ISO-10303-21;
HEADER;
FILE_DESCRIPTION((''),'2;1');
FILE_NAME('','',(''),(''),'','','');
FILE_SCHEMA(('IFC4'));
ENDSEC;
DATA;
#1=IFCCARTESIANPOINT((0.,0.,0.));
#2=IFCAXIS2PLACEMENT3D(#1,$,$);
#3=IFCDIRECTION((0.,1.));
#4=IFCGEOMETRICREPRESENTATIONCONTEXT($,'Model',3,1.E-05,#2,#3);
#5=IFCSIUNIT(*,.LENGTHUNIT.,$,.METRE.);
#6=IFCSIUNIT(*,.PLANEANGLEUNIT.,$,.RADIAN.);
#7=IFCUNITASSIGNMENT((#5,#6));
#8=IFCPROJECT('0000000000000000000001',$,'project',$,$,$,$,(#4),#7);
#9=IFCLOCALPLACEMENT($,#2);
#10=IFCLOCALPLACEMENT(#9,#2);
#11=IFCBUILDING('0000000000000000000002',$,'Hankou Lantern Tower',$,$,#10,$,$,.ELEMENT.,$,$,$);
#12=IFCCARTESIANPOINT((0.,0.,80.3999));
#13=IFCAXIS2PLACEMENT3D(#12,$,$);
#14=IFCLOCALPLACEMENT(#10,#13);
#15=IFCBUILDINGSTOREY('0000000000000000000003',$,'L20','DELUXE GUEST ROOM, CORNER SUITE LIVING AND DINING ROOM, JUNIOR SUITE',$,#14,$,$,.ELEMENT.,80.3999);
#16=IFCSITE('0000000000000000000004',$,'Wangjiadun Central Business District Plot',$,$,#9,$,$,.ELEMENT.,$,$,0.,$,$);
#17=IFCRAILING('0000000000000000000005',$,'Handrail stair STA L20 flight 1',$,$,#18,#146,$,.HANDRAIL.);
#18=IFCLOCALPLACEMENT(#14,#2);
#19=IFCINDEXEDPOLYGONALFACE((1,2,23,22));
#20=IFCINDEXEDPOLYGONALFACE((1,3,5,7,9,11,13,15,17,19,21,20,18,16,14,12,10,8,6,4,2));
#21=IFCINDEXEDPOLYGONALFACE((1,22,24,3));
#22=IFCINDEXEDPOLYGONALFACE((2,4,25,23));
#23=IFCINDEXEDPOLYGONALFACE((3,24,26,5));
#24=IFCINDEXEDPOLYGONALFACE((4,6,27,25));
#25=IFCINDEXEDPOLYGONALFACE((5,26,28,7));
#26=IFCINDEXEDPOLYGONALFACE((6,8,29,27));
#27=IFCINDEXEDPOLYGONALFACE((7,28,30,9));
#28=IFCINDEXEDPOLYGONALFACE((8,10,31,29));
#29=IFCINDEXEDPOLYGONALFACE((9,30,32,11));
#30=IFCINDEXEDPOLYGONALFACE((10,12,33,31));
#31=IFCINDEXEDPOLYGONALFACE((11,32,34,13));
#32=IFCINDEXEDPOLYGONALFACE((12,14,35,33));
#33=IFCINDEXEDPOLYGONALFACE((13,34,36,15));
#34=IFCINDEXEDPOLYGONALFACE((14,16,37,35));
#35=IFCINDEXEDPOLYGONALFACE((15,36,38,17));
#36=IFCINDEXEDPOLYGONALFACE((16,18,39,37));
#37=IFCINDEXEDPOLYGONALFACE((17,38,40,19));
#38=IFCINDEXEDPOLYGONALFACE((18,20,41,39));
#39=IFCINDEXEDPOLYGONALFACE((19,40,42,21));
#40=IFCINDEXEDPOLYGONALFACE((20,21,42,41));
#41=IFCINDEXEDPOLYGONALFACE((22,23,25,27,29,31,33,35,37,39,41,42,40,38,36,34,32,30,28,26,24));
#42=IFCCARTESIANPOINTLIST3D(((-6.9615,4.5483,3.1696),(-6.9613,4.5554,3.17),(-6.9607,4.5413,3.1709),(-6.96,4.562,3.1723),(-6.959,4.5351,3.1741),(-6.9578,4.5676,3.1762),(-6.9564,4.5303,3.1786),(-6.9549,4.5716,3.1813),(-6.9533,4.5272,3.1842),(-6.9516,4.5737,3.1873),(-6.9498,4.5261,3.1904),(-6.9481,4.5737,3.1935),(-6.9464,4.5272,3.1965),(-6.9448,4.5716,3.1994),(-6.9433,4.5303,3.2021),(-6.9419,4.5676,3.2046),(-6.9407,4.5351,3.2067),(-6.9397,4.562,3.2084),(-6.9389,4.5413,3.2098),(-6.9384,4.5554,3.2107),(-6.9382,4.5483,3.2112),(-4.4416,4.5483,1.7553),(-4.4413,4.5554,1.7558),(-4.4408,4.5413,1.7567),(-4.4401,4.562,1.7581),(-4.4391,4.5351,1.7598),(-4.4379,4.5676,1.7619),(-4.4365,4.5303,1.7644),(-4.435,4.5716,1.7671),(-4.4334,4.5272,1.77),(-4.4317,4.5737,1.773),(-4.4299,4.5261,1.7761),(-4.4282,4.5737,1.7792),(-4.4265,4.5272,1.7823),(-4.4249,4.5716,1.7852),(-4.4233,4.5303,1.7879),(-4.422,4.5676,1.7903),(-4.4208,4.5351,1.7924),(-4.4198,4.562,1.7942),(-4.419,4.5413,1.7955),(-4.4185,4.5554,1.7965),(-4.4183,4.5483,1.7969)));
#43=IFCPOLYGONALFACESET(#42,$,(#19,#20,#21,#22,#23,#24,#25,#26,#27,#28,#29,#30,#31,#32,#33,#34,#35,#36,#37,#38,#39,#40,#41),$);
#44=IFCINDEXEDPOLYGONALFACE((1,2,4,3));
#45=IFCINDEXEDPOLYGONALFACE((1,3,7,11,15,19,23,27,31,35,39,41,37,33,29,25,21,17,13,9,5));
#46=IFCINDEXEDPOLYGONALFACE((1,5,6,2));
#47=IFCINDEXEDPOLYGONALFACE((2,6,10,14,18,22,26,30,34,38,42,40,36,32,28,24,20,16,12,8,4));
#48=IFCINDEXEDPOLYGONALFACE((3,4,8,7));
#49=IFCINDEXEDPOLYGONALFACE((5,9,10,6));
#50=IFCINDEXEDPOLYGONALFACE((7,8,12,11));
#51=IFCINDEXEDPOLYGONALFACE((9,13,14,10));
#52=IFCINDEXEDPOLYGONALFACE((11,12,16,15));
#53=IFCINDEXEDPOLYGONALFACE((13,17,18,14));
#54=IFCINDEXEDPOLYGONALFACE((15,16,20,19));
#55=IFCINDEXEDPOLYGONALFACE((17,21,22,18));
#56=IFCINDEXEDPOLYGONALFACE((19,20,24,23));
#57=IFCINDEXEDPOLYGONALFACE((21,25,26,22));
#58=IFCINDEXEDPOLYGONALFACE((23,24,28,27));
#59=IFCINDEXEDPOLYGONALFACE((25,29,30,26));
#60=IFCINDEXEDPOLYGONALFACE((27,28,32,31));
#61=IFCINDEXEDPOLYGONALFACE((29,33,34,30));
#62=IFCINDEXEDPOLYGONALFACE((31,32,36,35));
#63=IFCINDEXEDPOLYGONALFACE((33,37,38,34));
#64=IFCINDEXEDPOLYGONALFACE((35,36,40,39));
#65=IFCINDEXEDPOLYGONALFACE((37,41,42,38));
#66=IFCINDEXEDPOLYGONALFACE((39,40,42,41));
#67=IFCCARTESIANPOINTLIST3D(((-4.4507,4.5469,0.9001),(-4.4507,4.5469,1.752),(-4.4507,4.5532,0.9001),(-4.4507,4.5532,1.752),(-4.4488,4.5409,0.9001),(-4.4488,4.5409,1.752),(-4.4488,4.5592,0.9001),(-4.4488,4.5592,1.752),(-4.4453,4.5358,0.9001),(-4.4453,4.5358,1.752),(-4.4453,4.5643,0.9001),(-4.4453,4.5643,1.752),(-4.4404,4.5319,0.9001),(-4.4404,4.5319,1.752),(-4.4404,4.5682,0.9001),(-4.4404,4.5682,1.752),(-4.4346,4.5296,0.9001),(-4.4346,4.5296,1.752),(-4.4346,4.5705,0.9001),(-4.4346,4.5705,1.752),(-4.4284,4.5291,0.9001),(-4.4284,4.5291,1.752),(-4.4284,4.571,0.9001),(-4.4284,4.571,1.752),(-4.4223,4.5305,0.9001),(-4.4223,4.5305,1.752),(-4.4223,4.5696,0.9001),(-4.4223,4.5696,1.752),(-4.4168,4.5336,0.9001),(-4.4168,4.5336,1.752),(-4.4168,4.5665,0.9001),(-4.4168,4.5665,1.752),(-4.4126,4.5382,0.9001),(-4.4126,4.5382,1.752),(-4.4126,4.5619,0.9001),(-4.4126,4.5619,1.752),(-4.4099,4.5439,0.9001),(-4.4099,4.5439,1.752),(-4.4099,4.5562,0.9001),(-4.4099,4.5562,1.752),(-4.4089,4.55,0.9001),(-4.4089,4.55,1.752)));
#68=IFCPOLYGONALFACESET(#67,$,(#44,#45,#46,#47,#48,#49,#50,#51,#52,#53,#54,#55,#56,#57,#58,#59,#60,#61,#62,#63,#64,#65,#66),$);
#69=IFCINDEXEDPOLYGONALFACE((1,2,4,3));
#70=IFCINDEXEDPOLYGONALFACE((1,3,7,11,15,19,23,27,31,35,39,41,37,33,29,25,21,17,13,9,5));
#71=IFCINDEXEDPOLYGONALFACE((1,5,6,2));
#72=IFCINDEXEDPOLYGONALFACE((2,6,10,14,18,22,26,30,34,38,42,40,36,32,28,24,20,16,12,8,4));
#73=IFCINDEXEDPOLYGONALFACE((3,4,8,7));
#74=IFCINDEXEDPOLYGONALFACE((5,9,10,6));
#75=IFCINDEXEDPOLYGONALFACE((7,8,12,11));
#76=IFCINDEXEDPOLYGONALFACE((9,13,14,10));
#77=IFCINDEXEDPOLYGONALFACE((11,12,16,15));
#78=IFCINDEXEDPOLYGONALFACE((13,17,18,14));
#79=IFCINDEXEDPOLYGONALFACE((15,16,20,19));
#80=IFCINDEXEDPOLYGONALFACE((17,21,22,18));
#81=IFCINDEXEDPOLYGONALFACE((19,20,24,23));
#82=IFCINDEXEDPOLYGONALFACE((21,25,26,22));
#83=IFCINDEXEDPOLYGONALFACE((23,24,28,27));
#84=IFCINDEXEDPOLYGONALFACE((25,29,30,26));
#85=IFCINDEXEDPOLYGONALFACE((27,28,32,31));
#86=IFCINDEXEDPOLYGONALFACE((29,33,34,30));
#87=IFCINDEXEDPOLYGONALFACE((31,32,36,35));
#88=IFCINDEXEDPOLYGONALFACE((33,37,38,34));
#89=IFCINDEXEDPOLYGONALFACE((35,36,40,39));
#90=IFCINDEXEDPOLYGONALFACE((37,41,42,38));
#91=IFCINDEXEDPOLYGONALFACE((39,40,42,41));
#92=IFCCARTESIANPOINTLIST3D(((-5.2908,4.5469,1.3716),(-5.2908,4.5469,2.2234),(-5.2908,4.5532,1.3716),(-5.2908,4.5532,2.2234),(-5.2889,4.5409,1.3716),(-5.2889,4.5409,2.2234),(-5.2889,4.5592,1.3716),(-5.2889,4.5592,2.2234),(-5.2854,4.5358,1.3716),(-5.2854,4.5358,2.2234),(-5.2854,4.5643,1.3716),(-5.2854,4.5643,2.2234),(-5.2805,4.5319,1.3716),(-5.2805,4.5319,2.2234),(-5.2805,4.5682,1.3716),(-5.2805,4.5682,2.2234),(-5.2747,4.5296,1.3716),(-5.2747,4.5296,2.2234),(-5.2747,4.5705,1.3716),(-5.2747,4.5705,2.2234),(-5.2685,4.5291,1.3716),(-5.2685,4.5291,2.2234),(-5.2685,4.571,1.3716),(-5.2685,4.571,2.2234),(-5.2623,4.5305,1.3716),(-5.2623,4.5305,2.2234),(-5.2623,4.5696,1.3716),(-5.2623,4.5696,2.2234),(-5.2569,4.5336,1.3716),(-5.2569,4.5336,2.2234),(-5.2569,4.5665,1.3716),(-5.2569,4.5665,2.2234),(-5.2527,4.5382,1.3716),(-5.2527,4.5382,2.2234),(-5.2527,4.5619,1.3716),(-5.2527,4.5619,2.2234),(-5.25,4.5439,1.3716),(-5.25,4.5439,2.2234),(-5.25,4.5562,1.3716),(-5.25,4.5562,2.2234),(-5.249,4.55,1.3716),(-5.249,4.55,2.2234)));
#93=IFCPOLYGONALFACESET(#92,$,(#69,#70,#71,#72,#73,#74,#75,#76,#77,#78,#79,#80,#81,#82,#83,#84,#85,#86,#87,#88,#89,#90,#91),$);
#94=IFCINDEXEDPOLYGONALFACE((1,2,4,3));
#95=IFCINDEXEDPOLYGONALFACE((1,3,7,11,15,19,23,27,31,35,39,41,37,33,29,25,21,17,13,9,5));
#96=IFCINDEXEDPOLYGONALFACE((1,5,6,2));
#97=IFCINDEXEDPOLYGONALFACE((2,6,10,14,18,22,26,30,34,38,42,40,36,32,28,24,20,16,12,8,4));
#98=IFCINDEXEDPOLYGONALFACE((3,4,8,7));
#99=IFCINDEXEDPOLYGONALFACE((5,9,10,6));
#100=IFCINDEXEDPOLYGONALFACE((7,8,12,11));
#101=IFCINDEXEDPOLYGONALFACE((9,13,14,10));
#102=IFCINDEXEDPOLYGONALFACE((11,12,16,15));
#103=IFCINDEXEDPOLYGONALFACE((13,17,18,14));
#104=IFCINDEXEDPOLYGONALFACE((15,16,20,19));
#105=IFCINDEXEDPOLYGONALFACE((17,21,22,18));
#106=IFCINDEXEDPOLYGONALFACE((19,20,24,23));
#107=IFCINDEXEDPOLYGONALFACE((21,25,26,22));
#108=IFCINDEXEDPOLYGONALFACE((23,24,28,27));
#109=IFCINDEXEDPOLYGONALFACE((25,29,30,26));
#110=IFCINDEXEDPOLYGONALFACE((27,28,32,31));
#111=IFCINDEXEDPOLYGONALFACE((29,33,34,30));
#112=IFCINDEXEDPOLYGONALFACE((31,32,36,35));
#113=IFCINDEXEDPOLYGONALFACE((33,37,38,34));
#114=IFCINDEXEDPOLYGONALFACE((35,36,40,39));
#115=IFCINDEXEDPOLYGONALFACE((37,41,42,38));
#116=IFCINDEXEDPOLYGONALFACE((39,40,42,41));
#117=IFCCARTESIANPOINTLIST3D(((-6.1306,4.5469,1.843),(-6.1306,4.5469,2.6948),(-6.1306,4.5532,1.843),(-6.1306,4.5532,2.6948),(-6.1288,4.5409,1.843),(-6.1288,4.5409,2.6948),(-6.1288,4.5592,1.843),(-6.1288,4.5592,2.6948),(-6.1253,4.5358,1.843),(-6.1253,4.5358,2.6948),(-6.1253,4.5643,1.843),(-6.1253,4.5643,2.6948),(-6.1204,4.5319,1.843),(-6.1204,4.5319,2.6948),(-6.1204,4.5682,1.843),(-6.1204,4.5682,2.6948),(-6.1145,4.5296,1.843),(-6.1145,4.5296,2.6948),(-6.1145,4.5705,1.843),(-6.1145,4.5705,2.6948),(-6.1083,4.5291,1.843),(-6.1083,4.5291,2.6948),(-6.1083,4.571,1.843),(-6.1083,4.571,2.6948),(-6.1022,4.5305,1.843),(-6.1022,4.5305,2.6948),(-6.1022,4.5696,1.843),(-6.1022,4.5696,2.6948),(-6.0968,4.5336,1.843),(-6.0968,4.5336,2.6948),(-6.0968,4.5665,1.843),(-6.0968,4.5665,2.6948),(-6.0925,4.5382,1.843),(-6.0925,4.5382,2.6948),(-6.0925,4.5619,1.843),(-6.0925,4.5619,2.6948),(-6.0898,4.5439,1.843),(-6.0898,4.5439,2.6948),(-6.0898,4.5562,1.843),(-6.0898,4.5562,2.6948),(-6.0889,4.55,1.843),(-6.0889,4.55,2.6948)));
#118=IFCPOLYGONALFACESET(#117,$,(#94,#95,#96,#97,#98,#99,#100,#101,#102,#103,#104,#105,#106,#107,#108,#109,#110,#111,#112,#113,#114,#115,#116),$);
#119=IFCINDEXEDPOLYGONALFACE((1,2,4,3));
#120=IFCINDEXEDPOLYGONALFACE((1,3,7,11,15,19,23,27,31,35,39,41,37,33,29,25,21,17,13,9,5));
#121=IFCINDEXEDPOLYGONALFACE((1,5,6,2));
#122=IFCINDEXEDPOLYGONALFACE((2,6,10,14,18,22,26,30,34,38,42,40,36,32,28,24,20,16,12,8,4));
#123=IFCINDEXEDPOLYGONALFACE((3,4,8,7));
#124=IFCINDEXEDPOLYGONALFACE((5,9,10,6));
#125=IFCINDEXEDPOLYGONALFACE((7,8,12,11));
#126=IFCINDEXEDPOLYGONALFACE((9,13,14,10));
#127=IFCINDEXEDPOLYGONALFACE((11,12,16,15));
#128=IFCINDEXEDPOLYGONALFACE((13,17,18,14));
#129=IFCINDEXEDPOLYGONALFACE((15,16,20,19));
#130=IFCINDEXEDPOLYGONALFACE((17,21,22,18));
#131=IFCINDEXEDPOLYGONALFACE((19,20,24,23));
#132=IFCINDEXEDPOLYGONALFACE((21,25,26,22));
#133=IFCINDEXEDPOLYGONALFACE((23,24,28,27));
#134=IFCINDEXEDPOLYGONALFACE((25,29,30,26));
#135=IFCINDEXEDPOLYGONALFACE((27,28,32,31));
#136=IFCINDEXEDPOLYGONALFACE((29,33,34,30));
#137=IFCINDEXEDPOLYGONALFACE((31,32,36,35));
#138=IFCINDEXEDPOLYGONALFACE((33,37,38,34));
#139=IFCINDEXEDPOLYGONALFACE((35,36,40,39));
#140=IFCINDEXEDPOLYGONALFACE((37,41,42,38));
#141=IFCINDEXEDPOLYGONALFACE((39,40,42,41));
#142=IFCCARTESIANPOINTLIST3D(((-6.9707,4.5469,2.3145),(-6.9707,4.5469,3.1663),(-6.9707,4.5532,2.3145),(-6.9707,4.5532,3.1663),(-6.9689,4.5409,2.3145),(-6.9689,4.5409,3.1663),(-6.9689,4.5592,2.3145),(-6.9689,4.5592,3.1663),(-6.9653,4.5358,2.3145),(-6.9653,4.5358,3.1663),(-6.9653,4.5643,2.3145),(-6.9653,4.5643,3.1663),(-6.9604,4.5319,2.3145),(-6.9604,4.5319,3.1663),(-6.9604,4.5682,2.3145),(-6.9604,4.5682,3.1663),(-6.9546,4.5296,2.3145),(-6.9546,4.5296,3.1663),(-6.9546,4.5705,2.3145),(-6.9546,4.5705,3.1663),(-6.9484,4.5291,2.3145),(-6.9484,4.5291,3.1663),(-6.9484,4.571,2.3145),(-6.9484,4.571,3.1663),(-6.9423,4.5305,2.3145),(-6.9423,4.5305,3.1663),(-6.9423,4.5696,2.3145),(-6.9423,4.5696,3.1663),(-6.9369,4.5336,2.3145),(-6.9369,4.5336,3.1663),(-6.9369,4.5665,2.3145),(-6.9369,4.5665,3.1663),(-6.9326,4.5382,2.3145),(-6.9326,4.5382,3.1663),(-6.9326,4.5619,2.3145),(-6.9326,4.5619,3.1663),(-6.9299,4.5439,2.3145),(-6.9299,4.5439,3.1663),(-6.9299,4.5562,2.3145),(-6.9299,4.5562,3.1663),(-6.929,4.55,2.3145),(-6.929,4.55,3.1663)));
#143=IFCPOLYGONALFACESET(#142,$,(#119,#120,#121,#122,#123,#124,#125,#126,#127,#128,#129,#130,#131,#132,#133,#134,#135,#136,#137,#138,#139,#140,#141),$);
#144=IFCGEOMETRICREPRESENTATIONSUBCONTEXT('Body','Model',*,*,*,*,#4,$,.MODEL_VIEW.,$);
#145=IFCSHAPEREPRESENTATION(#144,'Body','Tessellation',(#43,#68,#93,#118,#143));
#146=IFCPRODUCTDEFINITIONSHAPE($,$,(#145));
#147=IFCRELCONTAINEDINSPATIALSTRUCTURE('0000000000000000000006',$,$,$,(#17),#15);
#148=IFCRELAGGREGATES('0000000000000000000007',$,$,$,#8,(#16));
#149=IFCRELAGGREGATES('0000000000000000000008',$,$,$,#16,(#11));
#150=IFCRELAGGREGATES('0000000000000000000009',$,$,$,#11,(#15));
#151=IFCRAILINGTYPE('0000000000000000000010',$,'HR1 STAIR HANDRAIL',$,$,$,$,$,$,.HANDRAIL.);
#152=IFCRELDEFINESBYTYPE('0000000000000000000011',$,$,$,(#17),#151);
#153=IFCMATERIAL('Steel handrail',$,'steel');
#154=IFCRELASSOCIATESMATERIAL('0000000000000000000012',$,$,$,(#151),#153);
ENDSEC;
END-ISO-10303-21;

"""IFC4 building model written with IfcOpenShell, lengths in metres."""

from ifc_helpers import new_model, si_unit, direction, frame, origin, origin_2d, place, context, subcontext, project, spatial, circle, extrude, material, type_object, element, save


model = new_model("IFC4")

# Units and contexts
model_context = context("Model", 3, precision=1e-05, world=origin(), true_north=direction((0.0, 1.0)))
body_context = subcontext(model_context, "Body", "Model", "MODEL_VIEW")
ifc_project = project(units=[si_unit("LENGTHUNIT", "METRE"), si_unit("PLANEANGLEUNIT", "RADIAN")], contexts=[model_context])

# Site, building, storey
site_placement = place(None, origin())
site = spatial("IfcSite", under=ifc_project, at=site_placement, Name="Wangjiadun Central Business District Plot", CompositionType="ELEMENT", RefElevation=0.0)
building_placement = place(site_placement, origin())
building = spatial("IfcBuilding", under=site, at=building_placement, Name="Hankou Lantern Tower", CompositionType="ELEMENT")
storey_placement = place(building_placement, frame((0.0, 0.0, 80.3999)))
storey = spatial("IfcBuildingStorey", under=building, at=storey_placement, Name="L20", Description="DELUXE GUEST ROOM, CORNER SUITE LIVING AND DINING ROOM, JUNIOR SUITE", CompositionType="ELEMENT", Elevation=80.3999)

# Railing
ifc_material_1 = material(Name="Steel handrail", Category="steel")
railing_type = type_object("IfcRailingType", Name="HR1 STAIR HANDRAIL", PredefinedType="HANDRAIL", material=ifc_material_1)
railing_1_placement = place(storey_placement, frame((-4.4299, 4.55, 0.9001)))
element("IfcRailing", 1, at=railing_1_placement, inside=storey, type_object=railing_type, Name="Handrail stair STA L20 flight 1", PredefinedType="HANDRAIL", context=body_context, shape_type="SweptSolid", body=[
    extrude(circle(Radius=0.0239, at=origin_2d()), frame((0.0, 0.0, 0.876), z_axis=(-0.872049, 0.0, 0.489419), x_axis=(0.0, -1.0, 0.0)), (0.0, 0.0, 1.0), 2.8896),
    extrude(circle(Radius=0.021, at=origin_2d()), origin(), (0.0, 0.0, 1.0), 0.8518),
    extrude(circle(Radius=0.021, at=origin_2d()), frame((-0.8401, 0.0, 0.4714)), (0.0, 0.0, 1.0), 0.8518),
    extrude(circle(Radius=0.021, at=origin_2d()), frame((-1.6799, 0.0, 0.9429)), (0.0, 0.0, 1.0), 0.8518),
    extrude(circle(Radius=0.021, at=origin_2d()), frame((-2.52, 0.0, 1.4143)), (0.0, 0.0, 1.0), 0.8518),
])

save(model, "model.ifc")
